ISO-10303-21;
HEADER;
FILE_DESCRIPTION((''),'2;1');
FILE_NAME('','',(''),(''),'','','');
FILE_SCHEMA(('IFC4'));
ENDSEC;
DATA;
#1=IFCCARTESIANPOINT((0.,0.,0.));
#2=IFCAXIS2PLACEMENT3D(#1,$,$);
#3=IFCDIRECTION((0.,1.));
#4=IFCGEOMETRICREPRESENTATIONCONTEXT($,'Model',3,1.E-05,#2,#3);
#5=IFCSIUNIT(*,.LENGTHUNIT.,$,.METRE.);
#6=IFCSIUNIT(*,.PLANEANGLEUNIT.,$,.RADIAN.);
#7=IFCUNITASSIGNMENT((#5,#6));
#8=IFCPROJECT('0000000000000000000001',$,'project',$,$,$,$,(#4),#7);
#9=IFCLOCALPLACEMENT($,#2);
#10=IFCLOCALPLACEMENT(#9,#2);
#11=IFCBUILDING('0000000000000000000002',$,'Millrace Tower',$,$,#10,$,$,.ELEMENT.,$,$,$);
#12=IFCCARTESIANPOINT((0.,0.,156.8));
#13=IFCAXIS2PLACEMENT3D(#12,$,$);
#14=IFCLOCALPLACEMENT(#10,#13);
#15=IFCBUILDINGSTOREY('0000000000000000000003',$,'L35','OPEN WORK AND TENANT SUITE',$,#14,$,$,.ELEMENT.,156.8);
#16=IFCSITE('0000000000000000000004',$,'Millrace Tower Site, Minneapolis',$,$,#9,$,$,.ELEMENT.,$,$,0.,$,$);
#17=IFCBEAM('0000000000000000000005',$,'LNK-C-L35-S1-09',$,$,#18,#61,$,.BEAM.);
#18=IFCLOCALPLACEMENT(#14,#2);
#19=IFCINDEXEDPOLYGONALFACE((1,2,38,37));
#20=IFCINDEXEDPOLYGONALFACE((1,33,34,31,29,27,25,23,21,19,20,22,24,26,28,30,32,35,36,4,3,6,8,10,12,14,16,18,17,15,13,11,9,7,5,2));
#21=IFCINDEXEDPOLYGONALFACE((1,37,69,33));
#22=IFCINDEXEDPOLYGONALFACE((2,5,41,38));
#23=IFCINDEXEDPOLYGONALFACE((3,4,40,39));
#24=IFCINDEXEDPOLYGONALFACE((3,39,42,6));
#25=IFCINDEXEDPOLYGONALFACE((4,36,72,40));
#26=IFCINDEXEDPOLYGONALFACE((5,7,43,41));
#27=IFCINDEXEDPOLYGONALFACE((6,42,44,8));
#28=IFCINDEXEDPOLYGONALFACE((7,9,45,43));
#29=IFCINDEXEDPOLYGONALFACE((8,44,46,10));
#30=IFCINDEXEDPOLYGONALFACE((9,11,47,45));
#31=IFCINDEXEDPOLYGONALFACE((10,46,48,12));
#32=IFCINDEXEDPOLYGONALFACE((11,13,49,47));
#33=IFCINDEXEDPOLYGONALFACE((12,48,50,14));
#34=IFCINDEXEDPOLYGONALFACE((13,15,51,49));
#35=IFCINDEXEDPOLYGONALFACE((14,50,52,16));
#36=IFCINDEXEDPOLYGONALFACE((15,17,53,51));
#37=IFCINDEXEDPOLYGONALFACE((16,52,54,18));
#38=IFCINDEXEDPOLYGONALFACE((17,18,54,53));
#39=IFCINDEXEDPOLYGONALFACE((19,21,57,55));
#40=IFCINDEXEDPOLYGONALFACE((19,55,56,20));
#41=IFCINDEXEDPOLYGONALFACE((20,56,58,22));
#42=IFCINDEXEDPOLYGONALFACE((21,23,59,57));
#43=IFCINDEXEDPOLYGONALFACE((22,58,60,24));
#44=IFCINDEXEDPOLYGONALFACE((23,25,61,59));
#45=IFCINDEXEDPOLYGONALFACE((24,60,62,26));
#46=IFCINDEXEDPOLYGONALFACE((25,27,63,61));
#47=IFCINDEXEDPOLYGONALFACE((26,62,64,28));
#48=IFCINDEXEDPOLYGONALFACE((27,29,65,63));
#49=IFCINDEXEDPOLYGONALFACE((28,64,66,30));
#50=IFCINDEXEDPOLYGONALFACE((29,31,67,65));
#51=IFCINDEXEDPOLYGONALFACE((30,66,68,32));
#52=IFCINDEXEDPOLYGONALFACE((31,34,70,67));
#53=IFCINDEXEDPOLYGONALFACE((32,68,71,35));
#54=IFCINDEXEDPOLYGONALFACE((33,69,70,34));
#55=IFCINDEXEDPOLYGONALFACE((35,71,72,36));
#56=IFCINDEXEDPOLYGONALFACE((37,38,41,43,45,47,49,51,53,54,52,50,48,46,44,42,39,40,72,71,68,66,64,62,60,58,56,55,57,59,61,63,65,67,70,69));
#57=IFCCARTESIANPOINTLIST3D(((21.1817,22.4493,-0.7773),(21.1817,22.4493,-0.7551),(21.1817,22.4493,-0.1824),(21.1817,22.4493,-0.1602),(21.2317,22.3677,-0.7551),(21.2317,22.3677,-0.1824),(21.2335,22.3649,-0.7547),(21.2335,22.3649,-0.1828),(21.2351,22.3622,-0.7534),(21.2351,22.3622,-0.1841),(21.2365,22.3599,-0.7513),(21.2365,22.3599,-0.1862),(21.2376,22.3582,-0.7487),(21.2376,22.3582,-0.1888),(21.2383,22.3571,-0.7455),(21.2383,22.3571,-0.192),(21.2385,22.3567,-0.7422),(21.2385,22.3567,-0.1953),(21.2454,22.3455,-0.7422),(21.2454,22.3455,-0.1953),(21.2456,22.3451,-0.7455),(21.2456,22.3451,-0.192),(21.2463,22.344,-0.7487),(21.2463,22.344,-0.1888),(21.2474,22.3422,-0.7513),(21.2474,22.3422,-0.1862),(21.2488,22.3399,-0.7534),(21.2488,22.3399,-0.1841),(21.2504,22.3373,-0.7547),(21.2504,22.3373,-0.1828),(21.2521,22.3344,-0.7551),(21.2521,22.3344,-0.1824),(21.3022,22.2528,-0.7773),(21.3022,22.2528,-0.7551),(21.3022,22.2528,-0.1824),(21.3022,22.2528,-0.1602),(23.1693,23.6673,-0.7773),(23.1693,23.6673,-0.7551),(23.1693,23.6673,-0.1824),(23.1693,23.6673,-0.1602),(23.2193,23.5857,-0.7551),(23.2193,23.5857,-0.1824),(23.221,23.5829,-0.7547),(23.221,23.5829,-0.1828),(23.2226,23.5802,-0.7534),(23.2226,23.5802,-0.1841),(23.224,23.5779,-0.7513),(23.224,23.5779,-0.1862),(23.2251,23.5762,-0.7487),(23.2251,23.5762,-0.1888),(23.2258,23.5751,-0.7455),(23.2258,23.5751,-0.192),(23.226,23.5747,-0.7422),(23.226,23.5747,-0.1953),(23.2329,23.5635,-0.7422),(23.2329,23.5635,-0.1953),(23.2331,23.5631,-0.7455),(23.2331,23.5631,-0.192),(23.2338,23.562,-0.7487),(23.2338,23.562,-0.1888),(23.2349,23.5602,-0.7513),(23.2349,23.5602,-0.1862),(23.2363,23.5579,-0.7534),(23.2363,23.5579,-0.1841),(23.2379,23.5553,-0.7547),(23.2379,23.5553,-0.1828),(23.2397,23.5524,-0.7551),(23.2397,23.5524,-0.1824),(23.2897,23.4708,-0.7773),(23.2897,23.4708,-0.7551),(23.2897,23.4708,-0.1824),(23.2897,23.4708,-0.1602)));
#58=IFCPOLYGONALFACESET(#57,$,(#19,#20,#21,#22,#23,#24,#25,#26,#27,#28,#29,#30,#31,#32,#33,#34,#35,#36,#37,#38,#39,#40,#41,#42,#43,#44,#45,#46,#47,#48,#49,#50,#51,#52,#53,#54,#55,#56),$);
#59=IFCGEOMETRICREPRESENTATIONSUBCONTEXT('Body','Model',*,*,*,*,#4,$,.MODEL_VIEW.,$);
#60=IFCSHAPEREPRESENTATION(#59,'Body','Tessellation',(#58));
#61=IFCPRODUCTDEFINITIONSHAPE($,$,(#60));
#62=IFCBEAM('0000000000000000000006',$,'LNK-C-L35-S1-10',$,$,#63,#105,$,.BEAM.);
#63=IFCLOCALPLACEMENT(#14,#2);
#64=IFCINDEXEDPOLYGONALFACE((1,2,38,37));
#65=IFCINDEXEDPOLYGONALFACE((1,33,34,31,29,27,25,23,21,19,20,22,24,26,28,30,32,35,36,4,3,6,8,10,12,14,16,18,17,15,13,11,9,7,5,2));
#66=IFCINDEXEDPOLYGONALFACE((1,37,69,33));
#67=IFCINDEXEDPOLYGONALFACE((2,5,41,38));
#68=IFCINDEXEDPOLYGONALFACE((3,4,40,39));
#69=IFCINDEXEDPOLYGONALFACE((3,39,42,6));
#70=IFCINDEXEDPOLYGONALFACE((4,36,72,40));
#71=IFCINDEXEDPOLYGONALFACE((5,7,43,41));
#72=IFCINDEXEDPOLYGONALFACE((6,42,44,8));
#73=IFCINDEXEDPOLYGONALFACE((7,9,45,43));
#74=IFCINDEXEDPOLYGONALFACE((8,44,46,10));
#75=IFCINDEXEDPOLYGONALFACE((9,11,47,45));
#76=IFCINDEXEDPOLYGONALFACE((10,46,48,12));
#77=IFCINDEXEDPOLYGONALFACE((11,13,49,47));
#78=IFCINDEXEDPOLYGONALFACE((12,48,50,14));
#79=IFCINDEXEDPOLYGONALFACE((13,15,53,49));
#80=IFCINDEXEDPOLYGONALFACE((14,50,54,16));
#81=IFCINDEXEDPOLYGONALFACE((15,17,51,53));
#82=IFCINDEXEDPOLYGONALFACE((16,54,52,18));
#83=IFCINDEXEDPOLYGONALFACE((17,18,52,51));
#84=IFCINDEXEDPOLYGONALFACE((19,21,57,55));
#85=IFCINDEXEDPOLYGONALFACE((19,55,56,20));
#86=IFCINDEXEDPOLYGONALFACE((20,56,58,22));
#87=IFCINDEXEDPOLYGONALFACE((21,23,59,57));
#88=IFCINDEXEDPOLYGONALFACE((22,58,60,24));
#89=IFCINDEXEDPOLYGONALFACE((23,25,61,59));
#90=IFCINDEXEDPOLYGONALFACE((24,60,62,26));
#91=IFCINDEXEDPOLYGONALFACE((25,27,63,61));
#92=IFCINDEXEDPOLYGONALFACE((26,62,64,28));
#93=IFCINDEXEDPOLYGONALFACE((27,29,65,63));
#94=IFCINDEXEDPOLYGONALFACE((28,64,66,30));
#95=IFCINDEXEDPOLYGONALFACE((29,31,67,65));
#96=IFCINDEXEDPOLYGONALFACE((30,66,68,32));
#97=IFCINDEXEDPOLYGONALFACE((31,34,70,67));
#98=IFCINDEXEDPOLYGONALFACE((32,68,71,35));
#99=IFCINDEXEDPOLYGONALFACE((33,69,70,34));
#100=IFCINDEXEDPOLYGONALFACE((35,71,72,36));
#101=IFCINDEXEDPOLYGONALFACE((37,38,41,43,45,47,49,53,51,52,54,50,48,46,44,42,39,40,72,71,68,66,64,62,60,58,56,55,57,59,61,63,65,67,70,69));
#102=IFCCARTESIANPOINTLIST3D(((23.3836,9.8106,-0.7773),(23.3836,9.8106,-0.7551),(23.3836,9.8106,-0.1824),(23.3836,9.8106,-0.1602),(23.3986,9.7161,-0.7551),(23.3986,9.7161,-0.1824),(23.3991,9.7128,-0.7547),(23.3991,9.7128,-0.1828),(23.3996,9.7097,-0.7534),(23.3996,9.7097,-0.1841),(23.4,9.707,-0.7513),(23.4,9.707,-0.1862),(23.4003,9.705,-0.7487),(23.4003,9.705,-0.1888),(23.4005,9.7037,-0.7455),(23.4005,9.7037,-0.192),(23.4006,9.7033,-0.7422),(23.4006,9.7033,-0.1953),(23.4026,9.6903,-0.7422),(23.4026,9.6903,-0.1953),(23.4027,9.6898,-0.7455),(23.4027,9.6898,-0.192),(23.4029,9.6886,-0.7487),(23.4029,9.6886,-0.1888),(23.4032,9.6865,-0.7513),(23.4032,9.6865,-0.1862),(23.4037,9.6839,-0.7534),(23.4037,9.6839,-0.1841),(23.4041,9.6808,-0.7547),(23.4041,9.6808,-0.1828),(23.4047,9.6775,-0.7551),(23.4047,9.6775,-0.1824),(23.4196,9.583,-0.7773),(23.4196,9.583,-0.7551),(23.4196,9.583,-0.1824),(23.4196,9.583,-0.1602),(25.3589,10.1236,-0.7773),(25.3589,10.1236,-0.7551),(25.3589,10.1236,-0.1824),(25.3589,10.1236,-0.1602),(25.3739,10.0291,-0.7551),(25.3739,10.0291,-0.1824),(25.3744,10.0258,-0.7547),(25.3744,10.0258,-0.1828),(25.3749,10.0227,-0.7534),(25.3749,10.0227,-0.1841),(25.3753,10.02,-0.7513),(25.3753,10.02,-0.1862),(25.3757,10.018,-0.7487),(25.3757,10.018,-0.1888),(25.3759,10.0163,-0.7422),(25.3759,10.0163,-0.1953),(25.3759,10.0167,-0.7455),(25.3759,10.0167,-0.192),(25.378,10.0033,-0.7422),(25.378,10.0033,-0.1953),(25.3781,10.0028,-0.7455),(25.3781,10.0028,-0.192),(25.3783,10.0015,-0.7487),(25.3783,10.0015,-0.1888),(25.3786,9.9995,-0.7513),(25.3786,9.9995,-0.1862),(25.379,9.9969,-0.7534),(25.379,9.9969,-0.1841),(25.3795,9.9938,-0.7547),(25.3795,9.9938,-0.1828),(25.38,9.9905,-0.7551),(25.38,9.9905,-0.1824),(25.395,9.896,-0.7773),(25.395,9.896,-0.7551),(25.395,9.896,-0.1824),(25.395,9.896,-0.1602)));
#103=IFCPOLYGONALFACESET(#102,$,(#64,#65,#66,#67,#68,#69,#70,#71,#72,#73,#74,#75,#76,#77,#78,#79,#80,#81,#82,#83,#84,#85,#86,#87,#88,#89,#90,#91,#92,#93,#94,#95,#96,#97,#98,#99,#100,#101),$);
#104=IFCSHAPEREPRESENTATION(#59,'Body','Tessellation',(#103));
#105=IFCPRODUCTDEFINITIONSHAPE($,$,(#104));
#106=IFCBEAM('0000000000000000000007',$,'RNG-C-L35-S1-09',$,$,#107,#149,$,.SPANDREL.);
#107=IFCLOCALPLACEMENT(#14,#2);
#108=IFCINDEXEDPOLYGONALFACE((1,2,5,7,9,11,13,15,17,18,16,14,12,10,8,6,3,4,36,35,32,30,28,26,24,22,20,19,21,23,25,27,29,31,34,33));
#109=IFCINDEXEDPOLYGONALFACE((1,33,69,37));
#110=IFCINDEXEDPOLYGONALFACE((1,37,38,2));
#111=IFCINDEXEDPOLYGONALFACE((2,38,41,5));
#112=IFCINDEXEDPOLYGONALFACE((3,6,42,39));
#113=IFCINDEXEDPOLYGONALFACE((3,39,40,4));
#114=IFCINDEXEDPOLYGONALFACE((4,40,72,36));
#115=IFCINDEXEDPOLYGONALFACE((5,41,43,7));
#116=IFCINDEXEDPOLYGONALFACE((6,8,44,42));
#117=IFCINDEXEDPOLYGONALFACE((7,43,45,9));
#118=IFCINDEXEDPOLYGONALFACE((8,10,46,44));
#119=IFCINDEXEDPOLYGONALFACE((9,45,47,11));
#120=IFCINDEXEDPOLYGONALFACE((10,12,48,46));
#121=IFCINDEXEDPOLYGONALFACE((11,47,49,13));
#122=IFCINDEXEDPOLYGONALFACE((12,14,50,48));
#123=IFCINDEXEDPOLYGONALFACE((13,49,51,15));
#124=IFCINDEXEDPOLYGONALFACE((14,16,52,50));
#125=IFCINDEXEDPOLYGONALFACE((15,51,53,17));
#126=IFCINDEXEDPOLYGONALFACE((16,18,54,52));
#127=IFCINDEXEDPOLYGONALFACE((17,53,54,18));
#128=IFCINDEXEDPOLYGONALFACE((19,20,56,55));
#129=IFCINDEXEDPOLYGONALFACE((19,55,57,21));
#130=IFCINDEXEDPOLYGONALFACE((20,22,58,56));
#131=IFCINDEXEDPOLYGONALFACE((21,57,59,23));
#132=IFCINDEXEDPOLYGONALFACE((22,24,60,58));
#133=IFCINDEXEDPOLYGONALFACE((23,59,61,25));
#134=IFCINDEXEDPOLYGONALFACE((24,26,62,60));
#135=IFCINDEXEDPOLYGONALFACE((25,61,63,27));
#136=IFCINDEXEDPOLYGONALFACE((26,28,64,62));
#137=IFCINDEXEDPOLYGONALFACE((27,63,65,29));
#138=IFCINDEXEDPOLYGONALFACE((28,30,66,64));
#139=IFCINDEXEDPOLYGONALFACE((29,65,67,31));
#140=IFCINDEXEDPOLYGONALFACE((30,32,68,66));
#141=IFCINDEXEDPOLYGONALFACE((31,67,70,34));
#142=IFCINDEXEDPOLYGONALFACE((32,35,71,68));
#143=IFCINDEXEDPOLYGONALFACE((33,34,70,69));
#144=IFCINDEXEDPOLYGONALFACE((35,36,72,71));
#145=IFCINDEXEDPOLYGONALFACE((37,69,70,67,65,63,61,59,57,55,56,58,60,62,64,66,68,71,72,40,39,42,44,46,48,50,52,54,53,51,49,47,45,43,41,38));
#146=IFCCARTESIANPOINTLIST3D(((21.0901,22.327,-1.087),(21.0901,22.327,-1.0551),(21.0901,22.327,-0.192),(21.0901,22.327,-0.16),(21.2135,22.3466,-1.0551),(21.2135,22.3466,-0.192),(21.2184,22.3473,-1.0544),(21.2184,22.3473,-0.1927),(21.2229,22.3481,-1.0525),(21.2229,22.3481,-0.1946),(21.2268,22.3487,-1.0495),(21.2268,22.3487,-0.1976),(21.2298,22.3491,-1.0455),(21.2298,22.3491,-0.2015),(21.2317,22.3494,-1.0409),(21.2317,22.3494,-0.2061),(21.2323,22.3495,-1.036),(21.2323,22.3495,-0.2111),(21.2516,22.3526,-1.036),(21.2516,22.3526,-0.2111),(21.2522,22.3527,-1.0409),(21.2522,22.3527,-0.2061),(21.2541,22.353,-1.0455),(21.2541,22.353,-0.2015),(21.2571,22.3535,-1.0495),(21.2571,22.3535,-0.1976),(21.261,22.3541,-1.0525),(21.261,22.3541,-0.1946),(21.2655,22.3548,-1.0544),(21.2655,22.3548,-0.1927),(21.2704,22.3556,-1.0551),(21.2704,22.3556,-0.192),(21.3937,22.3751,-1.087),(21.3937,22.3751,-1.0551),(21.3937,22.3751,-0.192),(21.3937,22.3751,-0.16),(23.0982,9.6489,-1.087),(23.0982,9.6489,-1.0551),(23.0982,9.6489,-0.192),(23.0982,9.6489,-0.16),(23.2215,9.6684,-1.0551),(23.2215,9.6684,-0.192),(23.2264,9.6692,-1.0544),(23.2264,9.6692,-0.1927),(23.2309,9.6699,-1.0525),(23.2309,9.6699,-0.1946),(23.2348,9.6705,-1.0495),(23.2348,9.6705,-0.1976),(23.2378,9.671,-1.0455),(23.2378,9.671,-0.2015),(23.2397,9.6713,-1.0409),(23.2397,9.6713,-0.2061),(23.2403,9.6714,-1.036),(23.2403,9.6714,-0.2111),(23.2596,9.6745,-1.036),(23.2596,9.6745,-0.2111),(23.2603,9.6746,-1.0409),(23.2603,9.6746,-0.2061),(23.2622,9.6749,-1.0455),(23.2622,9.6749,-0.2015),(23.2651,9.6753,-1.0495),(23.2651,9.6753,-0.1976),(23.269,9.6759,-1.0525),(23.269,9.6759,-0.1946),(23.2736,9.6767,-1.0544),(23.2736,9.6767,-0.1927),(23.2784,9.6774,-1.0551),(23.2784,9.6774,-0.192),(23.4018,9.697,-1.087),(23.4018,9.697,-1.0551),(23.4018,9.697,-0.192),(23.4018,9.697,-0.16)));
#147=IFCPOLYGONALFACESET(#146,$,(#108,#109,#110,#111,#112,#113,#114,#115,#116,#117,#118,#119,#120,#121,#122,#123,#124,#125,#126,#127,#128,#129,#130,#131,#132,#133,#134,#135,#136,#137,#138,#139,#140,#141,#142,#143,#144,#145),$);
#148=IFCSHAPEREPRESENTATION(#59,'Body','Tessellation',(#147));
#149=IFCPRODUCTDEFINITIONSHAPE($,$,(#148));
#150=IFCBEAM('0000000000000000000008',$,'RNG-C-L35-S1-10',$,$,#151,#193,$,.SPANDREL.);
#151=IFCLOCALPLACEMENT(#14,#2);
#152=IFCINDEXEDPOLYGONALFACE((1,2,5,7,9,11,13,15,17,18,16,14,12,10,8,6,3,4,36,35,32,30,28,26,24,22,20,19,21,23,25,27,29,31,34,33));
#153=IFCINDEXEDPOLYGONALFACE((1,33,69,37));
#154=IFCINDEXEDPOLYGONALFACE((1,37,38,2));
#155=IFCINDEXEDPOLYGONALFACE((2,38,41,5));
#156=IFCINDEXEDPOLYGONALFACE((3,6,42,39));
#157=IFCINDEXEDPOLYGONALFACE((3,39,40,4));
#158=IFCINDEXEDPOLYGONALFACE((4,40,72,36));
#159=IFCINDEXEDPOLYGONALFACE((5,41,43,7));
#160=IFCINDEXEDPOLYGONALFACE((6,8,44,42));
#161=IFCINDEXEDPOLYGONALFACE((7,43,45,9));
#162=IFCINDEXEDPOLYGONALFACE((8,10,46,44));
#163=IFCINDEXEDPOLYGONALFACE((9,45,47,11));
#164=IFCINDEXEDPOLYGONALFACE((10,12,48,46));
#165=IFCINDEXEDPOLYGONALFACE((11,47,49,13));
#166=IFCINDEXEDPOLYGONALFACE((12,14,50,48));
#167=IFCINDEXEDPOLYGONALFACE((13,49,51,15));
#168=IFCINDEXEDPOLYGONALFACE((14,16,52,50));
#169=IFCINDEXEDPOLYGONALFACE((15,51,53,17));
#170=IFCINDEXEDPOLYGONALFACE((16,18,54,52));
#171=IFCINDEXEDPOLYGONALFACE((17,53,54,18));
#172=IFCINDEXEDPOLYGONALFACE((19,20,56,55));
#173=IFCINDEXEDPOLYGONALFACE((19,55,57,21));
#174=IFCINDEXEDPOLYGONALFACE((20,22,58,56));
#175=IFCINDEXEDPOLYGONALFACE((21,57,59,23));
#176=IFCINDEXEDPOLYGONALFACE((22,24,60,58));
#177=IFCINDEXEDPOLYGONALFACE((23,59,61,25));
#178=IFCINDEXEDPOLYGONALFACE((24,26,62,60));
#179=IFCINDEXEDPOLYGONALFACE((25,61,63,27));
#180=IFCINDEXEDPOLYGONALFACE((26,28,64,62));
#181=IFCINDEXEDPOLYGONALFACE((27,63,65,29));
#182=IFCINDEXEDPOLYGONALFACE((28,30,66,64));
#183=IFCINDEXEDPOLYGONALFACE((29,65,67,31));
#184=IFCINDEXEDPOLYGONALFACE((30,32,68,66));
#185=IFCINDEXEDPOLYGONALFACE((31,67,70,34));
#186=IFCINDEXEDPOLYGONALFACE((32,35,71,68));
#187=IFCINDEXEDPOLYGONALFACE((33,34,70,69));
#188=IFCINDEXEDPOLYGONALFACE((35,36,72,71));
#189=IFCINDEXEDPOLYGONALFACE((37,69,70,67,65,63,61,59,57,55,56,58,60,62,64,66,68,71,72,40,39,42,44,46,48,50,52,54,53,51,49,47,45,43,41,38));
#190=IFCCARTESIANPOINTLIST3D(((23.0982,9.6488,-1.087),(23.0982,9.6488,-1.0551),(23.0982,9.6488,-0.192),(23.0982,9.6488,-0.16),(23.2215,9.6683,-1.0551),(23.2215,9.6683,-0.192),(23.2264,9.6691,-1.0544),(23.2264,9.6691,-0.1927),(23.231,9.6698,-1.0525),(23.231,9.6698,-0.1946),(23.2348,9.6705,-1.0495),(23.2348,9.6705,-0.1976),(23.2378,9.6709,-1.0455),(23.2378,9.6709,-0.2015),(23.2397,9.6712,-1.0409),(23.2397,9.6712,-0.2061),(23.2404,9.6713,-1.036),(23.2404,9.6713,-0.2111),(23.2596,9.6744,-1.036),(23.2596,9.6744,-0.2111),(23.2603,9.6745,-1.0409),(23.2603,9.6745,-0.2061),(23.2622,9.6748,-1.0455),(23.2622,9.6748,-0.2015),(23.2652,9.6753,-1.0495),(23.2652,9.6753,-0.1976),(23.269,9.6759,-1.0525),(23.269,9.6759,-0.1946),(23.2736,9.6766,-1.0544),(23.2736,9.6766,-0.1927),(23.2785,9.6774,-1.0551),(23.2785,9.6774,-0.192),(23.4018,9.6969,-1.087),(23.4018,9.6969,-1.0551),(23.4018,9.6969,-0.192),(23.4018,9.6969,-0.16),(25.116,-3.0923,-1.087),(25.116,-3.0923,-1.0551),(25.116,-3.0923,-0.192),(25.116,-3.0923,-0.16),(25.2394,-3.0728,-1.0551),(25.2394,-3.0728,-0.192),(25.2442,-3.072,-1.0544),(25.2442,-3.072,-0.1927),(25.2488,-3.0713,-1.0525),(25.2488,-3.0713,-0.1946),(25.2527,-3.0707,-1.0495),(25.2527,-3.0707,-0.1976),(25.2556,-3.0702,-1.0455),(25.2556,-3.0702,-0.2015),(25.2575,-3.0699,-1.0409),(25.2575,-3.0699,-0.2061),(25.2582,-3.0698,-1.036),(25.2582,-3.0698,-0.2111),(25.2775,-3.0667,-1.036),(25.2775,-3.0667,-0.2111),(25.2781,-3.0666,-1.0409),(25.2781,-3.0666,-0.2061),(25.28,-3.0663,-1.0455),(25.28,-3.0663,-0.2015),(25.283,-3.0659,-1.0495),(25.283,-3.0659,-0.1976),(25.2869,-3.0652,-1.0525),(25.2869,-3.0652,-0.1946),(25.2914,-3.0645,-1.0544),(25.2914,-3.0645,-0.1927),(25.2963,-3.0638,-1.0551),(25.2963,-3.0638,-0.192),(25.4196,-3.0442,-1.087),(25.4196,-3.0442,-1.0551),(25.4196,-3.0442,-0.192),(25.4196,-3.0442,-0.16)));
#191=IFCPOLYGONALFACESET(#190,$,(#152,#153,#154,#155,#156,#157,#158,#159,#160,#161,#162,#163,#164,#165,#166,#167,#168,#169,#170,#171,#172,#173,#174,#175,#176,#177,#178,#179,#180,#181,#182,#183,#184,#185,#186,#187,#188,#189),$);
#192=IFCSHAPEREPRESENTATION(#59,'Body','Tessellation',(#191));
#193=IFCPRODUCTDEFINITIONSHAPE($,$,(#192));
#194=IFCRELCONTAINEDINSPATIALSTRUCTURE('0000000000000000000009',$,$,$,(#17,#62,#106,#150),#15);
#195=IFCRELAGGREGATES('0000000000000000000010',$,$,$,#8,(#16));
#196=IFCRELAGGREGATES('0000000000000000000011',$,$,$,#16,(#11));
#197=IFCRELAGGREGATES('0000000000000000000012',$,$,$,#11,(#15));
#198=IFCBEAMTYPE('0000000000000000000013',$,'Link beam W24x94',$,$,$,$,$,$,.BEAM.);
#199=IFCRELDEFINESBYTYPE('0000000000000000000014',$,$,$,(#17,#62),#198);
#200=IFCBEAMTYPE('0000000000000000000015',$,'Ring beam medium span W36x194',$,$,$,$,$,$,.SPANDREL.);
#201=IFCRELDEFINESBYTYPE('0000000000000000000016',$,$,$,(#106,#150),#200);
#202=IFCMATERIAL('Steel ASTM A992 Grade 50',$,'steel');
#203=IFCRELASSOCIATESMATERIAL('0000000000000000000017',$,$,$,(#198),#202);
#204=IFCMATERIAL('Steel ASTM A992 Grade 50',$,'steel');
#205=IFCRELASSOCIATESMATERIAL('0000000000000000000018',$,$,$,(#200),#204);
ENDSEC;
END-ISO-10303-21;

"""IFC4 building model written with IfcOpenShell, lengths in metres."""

from ifc_helpers import new_model, si_unit, direction, frame, origin, origin_2d, place, context, subcontext, project, spatial, i_section, extrude, material, material_profile, profile_set, type_object, element, save


model = new_model("IFC4")

# Units and contexts
model_context = context("Model", 3, precision=1e-05, world=origin(), true_north=direction((0.0, 1.0)))
body_context = subcontext(model_context, "Body", "Model", "MODEL_VIEW")
ifc_project = project(units=[si_unit("LENGTHUNIT", "METRE"), si_unit("PLANEANGLEUNIT", "RADIAN")], contexts=[model_context])

# Site, building, storey
site_placement = place(None, origin())
site = spatial("IfcSite", under=ifc_project, at=site_placement, Name="Millrace Tower Site, Minneapolis", CompositionType="ELEMENT", RefElevation=0.0)
building_placement = place(site_placement, origin())
building = spatial("IfcBuilding", under=site, at=building_placement, Name="Millrace Tower", CompositionType="ELEMENT")
storey_placement = place(building_placement, frame((0.0, 0.0, 156.8)))
storey = spatial("IfcBuildingStorey", under=building, at=storey_placement, Name="L35", Description="OPEN WORK AND TENANT SUITE", CompositionType="ELEMENT", Elevation=156.8)

# Beams
ifc_material_1 = material(Name="Steel ASTM A992 Grade 50", Category="steel")
ifc_material_profile_1 = material_profile(ifc_material_1, i_section(OverallWidth=0.2305, OverallDepth=0.6172, WebThickness=0.0132, FlangeThickness=0.0222, FilletRadius=0.0129, at=origin_2d()))
ifc_profile_set_1 = profile_set([ifc_material_profile_1], Name="Steel ASTM A992 Grade 50")
beam_type_1 = type_object("IfcBeamType", Name="Link beam W24x94", PredefinedType="BEAM", material=ifc_profile_set_1)
beam_1_placement = place(storey_placement, frame((21.2419, 22.3511, -0.4688), z_axis=(0.852631, 0.522513, 0.0), x_axis=(-0.522513, 0.852631, 0.0)))
element("IfcBeam", 1, at=beam_1_placement, inside=storey, type_object=beam_type_1, Name="LNK-C-L35-S1-09", PredefinedType="BEAM", context=body_context, shape_type="SweptSolid", body=[
    extrude(i_section(OverallWidth=0.2305, OverallDepth=0.6172, WebThickness=0.0132, FlangeThickness=0.0222, FilletRadius=0.0129, at=origin_2d()), origin(), (0.0, 0.0, 1.0), 2.3311),
])
beam_2_placement = place(storey_placement, frame((23.4016, 9.6968, -0.4688), z_axis=(0.987679, 0.156495, 0.0), x_axis=(-0.156495, 0.987679, 0.0)))
element("IfcBeam", 2, at=beam_2_placement, inside=storey, type_object=beam_type_1, Name="LNK-C-L35-S1-10", PredefinedType="BEAM", context=body_context, shape_type="SweptSolid", body=[
    extrude(i_section(OverallWidth=0.2305, OverallDepth=0.6172, WebThickness=0.0132, FlangeThickness=0.0222, FilletRadius=0.0129, at=origin_2d()), origin(), (0.0, 0.0, 1.0), 2.0),
])
ifc_material_2 = material(Name="Steel ASTM A992 Grade 50", Category="steel")
ifc_material_profile_2 = material_profile(ifc_material_2, i_section(OverallWidth=0.3074, OverallDepth=0.927, WebThickness=0.0195, FlangeThickness=0.032, FilletRadius=0.019, at=origin_2d()))
ifc_profile_set_2 = profile_set([ifc_material_profile_2], Name="Steel ASTM A992 Grade 50")
beam_type_2 = type_object("IfcBeamType", Name="Ring beam medium span W36x194", PredefinedType="SPANDREL", material=ifc_profile_set_2)
beam_3_placement = place(storey_placement, frame((21.2419, 22.3511, -0.6235), z_axis=(0.156436, -0.987688, 0.0), x_axis=(0.987688, 0.156436, 0.0)))
element("IfcBeam", 3, at=beam_3_placement, inside=storey, type_object=beam_type_2, Name="RNG-C-L35-S1-09", PredefinedType="SPANDREL", context=body_context, shape_type="SweptSolid", body=[
    extrude(i_section(OverallWidth=0.3074, OverallDepth=0.927, WebThickness=0.0195, FlangeThickness=0.032, FilletRadius=0.019, at=origin_2d()), origin(), (0.0, 0.0, 1.0), 12.8362),
])
beam_4_placement = place(storey_placement, frame((23.25, 9.6729, -0.6235), z_axis=(0.15642, -0.987691, 0.0), x_axis=(0.987691, 0.15642, 0.0)))
element("IfcBeam", 4, at=beam_4_placement, inside=storey, type_object=beam_type_2, Name="RNG-C-L35-S1-10", PredefinedType="SPANDREL", context=body_context, shape_type="SweptSolid", body=[
    extrude(i_section(OverallWidth=0.3074, OverallDepth=0.927, WebThickness=0.0195, FlangeThickness=0.032, FilletRadius=0.019, at=origin_2d()), origin(), (0.0, 0.0, 1.0), 12.8999),
])

save(model, "model.ifc")
